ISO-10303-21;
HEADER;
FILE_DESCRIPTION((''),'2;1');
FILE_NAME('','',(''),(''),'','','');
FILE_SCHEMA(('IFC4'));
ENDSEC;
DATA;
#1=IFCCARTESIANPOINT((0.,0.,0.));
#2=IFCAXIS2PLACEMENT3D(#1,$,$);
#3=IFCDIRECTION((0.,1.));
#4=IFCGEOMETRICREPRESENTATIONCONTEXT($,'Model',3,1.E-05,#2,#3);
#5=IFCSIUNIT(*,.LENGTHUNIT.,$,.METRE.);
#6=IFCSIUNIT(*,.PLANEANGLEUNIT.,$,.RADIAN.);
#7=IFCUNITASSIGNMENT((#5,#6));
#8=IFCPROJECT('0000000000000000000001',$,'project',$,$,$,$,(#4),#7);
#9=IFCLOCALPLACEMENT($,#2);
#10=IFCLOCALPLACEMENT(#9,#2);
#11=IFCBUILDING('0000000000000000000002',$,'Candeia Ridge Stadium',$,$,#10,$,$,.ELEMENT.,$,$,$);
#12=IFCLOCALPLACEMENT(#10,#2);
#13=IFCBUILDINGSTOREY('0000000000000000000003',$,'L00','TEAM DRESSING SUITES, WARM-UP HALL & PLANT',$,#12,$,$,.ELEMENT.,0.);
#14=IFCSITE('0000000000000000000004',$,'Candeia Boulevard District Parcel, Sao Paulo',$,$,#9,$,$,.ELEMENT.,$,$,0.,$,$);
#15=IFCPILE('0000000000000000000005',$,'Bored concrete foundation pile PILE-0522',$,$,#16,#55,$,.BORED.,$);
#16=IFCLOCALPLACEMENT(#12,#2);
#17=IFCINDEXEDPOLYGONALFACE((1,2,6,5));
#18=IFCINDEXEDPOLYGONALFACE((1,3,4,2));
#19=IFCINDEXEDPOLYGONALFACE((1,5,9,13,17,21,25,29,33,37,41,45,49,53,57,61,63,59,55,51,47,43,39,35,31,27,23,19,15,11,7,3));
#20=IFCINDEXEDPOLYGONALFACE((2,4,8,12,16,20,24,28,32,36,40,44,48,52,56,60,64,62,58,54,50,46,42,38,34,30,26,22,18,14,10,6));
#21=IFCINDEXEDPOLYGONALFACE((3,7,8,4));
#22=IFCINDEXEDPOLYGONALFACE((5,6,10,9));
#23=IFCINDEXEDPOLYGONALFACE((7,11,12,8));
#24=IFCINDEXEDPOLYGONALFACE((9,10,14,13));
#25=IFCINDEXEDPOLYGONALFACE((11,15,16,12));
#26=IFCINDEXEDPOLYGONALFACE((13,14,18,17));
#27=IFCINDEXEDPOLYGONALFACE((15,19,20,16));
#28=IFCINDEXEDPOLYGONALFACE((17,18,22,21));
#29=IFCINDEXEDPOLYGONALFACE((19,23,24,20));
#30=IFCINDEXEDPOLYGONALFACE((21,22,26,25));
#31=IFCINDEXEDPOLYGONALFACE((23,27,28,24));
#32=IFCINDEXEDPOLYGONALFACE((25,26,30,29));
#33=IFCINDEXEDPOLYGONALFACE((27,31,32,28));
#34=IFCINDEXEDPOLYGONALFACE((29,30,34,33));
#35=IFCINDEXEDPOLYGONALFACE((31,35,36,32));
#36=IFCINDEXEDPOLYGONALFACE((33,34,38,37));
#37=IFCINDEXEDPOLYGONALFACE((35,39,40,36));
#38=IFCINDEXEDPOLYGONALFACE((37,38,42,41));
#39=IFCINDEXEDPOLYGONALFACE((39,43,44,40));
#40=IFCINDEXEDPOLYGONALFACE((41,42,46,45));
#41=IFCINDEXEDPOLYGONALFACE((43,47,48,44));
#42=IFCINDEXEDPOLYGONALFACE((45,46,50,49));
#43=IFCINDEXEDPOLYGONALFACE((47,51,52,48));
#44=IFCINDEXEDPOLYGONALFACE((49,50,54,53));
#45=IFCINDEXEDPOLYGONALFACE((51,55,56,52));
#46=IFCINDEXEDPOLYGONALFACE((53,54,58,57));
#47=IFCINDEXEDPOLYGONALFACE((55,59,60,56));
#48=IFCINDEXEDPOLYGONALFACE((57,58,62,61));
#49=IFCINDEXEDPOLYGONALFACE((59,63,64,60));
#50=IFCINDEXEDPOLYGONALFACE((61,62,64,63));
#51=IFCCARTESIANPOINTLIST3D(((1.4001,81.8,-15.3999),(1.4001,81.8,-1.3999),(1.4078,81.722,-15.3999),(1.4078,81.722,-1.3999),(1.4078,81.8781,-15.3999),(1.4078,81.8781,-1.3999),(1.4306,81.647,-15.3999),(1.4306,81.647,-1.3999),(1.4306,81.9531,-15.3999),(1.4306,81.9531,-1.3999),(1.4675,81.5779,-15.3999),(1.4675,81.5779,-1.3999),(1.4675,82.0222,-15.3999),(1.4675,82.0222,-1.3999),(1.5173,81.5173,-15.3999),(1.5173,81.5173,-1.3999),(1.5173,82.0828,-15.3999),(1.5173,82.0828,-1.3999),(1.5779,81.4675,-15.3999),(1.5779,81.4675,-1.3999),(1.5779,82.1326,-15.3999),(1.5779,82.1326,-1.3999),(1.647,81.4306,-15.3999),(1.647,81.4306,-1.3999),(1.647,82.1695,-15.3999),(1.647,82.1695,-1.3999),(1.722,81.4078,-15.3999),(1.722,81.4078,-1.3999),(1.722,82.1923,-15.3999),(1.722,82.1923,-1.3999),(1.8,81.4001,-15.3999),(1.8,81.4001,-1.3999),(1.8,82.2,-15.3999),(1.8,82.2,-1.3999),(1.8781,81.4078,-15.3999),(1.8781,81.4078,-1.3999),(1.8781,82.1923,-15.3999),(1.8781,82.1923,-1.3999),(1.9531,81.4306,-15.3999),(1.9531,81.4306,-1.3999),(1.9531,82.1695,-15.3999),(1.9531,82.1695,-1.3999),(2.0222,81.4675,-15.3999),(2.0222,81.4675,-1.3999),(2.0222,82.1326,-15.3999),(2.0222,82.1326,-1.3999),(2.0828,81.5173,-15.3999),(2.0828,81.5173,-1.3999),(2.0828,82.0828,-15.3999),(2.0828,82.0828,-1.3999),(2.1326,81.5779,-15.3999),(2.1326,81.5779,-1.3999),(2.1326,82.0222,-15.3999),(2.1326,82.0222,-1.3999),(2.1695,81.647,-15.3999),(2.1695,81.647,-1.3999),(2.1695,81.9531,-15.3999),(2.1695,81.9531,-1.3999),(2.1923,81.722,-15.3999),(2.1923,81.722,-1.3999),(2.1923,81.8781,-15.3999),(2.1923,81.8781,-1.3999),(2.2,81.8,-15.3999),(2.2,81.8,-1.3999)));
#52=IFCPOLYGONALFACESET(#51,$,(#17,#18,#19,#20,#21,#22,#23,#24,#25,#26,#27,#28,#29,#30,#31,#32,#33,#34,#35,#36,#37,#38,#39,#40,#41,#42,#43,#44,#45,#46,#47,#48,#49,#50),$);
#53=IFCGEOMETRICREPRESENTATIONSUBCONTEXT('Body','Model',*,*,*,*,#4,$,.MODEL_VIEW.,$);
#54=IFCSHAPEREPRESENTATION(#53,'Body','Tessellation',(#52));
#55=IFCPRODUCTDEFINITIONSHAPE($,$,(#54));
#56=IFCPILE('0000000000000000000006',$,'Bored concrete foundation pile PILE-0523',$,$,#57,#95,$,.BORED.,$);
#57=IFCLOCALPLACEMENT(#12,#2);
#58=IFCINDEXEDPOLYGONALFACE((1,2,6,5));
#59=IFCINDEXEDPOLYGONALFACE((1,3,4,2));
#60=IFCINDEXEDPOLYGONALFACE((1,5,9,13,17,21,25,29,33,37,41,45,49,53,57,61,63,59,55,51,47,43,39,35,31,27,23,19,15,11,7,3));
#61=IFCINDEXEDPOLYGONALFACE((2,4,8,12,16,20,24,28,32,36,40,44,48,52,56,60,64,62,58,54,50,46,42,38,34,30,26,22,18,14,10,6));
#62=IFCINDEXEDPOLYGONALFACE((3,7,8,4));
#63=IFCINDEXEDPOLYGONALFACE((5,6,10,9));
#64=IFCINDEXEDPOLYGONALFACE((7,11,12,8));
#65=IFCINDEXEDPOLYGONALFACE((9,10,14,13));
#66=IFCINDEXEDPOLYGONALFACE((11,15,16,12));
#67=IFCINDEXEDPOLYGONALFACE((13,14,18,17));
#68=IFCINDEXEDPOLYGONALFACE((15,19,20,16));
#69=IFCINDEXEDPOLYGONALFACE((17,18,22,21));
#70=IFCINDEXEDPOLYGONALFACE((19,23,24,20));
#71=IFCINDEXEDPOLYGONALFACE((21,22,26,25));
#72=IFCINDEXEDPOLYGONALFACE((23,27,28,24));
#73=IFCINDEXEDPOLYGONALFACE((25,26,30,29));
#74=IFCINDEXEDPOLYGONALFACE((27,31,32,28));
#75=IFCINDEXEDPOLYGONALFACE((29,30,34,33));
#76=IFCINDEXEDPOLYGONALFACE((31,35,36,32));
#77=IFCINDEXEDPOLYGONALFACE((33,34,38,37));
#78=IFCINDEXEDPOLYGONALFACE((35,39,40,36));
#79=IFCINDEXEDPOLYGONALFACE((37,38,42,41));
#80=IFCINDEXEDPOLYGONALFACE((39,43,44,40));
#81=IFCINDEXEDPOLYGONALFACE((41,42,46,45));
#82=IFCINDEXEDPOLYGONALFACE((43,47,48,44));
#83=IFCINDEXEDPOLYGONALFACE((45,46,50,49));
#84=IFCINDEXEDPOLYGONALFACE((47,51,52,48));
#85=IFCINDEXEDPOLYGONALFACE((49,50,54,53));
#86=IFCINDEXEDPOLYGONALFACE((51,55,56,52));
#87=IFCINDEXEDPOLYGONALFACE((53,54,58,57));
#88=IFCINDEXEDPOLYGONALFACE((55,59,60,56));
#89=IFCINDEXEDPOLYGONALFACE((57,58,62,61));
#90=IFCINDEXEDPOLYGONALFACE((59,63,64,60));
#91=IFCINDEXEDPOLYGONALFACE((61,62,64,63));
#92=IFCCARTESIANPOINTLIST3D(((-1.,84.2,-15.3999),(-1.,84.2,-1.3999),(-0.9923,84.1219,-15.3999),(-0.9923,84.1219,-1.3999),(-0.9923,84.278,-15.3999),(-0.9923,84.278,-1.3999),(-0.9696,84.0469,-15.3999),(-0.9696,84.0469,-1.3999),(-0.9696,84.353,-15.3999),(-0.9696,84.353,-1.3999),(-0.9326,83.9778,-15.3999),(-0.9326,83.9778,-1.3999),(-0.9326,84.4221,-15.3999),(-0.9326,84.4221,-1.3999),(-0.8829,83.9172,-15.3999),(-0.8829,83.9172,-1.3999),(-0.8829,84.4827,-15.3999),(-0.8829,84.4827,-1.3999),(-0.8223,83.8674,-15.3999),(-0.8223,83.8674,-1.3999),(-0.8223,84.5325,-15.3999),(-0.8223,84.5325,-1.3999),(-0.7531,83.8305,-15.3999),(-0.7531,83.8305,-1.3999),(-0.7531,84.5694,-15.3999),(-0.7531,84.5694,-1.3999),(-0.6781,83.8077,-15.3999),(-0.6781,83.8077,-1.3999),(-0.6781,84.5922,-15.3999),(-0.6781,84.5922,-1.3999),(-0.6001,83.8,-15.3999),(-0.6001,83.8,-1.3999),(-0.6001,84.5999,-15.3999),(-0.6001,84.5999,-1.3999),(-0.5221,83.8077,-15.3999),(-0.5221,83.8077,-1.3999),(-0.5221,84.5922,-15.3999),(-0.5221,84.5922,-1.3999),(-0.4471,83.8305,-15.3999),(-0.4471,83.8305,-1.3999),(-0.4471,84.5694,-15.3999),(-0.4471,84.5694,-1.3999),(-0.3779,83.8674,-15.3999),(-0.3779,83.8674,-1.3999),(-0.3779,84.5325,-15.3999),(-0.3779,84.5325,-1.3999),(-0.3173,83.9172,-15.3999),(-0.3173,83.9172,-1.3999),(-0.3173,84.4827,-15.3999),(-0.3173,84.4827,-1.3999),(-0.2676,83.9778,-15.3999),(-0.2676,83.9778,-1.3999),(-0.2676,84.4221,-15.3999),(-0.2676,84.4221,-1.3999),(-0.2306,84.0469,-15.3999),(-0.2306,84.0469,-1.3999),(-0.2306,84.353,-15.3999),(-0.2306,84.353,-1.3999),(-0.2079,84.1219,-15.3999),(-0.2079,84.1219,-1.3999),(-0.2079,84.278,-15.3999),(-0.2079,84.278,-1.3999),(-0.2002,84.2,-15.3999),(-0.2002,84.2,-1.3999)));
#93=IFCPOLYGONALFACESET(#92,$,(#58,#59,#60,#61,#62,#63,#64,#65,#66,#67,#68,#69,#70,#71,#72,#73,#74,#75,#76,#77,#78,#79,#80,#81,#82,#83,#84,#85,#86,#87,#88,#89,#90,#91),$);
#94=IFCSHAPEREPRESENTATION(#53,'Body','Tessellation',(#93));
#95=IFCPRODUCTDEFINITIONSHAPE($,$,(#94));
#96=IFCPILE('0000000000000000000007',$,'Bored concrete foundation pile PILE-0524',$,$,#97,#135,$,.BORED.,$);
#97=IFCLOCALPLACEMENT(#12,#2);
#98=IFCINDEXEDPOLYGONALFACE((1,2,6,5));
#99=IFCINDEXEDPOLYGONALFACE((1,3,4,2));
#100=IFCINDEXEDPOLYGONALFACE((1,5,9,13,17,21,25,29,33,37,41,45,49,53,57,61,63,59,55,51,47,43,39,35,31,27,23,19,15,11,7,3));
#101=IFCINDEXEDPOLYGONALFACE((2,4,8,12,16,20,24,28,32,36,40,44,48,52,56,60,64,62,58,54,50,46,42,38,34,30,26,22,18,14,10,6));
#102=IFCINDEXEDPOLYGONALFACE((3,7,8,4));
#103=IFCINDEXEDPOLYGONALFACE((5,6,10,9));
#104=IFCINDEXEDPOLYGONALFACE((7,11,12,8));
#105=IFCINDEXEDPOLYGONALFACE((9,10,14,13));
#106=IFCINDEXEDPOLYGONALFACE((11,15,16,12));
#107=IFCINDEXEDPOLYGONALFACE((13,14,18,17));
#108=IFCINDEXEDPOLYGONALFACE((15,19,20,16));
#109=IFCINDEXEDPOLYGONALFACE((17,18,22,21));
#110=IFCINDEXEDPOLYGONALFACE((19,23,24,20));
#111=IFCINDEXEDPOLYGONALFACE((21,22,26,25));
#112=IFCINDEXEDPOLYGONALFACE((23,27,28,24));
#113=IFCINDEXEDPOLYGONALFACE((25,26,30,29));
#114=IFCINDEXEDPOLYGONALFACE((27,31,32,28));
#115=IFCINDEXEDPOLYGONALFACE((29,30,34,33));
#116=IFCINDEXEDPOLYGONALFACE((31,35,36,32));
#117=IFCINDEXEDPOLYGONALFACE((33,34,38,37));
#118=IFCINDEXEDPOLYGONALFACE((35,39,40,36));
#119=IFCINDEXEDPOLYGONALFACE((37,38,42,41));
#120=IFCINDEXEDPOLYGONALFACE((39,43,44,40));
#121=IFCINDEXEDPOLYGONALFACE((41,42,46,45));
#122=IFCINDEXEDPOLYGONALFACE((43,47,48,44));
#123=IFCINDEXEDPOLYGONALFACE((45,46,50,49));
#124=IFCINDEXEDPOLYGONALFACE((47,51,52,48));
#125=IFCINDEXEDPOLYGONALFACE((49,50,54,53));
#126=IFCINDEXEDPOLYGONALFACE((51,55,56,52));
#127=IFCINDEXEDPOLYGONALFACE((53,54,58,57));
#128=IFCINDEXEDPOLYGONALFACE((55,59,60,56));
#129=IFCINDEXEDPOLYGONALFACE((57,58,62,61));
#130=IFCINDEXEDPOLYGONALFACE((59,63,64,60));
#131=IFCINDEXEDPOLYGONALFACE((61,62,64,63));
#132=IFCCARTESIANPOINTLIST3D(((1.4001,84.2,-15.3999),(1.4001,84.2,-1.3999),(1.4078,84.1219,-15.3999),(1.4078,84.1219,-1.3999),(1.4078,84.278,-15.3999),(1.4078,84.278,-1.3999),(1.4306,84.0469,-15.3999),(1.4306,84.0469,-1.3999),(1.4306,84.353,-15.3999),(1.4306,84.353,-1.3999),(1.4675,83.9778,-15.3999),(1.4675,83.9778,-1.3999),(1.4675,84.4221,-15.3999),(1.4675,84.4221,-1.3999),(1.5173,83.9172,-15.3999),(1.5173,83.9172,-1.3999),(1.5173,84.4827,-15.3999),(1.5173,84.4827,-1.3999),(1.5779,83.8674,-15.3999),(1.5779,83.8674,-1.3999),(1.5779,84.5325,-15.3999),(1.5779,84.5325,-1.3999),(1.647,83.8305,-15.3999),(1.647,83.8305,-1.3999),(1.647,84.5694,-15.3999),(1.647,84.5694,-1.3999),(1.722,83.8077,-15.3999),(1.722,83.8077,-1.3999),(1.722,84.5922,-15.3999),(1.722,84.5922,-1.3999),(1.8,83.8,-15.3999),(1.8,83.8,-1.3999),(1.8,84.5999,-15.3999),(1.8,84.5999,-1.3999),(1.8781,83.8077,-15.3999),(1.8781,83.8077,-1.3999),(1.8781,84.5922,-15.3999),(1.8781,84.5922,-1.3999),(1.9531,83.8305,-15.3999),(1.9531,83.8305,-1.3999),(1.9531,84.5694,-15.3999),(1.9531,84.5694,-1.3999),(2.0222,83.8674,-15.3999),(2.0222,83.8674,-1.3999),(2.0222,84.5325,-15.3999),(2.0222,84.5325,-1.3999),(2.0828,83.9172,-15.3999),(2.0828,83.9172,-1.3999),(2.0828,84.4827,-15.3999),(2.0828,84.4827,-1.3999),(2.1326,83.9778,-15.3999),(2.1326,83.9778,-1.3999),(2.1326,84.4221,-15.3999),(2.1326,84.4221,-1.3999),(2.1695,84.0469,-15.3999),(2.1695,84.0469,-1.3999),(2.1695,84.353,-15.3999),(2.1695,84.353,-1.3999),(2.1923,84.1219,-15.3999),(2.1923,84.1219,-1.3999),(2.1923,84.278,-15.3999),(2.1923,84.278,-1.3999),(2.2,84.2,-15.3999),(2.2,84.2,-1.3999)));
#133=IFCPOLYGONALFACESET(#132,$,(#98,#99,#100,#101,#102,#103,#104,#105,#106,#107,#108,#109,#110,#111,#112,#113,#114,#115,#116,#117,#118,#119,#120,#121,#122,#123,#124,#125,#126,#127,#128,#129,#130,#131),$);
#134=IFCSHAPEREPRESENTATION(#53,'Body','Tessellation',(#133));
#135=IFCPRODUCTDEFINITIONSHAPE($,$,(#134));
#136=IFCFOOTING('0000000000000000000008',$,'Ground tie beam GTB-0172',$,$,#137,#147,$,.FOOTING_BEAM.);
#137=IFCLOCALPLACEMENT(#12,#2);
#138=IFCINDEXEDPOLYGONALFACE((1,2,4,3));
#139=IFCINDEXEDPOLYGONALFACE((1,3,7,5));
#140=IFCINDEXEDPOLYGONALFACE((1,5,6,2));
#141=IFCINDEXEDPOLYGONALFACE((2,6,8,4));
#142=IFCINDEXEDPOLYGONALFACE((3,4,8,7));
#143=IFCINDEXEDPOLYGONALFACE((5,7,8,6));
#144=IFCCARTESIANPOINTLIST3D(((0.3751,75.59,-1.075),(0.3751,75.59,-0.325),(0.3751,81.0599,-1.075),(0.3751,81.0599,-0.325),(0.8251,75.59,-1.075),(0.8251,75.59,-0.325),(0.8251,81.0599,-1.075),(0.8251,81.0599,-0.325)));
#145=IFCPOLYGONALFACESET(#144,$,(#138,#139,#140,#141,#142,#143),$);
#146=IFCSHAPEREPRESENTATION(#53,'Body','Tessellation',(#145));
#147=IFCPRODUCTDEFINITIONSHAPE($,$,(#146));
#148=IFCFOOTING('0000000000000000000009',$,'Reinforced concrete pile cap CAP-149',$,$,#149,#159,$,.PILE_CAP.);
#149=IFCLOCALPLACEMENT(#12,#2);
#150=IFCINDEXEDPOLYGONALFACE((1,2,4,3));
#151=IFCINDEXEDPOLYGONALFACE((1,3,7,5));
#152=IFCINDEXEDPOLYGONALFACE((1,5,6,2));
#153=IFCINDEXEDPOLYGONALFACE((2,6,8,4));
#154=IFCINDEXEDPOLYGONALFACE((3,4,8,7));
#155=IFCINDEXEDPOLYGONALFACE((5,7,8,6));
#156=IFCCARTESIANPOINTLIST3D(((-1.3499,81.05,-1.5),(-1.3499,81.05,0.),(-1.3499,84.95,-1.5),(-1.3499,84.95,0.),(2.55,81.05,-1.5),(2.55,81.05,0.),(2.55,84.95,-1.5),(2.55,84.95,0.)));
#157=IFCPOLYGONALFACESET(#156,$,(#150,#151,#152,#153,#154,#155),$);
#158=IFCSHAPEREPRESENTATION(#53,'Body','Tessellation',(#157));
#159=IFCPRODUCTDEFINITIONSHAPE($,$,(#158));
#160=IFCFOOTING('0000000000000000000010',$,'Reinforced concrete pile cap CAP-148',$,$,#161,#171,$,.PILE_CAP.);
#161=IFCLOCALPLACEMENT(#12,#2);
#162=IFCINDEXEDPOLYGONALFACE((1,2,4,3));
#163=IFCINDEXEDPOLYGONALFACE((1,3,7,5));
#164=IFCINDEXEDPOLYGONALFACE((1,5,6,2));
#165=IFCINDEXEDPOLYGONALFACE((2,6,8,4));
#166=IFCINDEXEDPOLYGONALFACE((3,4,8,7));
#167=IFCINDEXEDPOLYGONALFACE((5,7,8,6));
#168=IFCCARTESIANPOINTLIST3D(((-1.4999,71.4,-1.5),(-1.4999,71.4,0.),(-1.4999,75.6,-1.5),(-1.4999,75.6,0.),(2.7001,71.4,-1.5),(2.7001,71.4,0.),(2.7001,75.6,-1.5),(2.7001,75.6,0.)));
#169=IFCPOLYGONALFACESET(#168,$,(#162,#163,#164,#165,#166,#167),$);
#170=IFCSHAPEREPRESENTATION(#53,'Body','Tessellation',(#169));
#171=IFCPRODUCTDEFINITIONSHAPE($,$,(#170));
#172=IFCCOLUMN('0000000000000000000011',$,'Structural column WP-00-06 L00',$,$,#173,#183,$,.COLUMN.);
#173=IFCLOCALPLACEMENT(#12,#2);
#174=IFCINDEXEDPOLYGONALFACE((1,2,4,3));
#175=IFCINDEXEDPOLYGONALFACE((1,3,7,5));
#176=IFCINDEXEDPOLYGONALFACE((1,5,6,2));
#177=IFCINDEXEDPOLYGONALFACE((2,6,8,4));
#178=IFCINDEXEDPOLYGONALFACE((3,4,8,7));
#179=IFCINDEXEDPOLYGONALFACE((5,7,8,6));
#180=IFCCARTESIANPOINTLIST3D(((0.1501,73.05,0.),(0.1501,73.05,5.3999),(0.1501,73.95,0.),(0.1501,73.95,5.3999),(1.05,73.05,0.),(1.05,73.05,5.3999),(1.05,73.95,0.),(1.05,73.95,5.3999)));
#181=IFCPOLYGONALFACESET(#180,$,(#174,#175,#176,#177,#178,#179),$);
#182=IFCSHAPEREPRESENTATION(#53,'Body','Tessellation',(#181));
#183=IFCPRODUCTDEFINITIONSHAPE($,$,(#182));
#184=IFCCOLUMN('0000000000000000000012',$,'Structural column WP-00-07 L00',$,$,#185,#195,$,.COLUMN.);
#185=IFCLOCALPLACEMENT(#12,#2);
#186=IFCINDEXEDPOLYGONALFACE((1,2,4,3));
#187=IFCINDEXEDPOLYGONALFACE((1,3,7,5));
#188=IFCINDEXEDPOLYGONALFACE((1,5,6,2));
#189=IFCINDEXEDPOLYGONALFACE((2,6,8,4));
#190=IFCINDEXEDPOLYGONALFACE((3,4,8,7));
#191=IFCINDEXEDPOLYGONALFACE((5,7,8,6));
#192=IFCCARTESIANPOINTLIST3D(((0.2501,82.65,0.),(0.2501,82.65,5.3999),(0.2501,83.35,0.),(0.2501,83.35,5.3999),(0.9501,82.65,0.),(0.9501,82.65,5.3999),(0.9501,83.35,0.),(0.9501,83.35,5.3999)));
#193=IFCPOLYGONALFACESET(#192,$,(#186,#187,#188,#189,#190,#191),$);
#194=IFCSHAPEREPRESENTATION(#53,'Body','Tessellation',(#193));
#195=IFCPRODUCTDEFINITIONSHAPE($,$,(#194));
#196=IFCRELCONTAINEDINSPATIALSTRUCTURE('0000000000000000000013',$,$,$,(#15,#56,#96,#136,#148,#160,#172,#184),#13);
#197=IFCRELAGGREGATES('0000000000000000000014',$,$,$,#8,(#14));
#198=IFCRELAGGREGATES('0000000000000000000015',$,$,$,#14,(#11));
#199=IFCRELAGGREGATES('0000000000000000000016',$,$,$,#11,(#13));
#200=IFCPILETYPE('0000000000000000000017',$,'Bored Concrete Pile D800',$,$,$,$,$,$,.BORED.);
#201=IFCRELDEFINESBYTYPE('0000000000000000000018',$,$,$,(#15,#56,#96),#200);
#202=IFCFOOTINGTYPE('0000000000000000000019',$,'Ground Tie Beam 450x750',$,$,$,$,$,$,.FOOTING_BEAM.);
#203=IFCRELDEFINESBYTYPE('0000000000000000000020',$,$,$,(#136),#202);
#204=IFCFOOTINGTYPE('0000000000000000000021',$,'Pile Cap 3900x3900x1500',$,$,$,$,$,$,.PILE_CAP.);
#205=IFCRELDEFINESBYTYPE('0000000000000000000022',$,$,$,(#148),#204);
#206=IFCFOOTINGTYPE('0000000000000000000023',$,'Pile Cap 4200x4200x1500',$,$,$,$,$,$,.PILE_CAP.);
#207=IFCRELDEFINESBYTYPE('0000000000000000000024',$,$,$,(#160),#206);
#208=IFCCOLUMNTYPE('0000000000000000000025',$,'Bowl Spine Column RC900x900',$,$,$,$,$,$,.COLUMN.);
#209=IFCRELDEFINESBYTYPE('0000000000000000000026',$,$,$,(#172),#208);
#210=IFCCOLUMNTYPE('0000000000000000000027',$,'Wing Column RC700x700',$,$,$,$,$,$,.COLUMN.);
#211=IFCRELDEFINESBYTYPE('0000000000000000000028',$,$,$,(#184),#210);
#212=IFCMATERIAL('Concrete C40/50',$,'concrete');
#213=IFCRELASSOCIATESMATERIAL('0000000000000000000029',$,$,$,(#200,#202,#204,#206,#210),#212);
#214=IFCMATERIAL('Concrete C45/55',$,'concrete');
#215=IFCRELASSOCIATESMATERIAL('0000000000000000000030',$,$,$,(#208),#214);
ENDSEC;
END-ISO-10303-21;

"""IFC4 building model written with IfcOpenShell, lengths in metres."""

from ifc_helpers import new_model, si_unit, direction, frame, origin, origin_2d, place, context, subcontext, project, spatial, rectangle, circle, extrude, material, material_profile, profile_set, type_object, element, save


model = new_model("IFC4")

# Units and contexts
model_context = context("Model", 3, precision=1e-05, world=origin(), true_north=direction((0.0, 1.0)))
body_context = subcontext(model_context, "Body", "Model", "MODEL_VIEW")
ifc_project = project(units=[si_unit("LENGTHUNIT", "METRE"), si_unit("PLANEANGLEUNIT", "RADIAN")], contexts=[model_context])

# Site, building, storey
site_placement = place(None, origin())
site = spatial("IfcSite", under=ifc_project, at=site_placement, Name="Candeia Boulevard District Parcel, Sao Paulo", CompositionType="ELEMENT", RefElevation=0.0)
building_placement = place(site_placement, origin())
building = spatial("IfcBuilding", under=site, at=building_placement, Name="Candeia Ridge Stadium", CompositionType="ELEMENT")
storey_placement = place(building_placement, origin())
storey = spatial("IfcBuildingStorey", under=building, at=storey_placement, Name="L00", Description="TEAM DRESSING SUITES, WARM-UP HALL & PLANT", CompositionType="ELEMENT", Elevation=0.0)

# Piles
ifc_material_1 = material(Name="Concrete C40/50", Category="concrete")
ifc_material_profile_1 = material_profile(ifc_material_1, circle(Radius=0.3999, at=origin_2d()), Name="PILE-D800", Category="concrete")
ifc_profile_set_1 = profile_set([ifc_material_profile_1], Name="Concrete C40/50")
pile_type = type_object("IfcPileType", Name="Bored Concrete Pile D800", PredefinedType="BORED", material=ifc_profile_set_1)
for number, where, z_axis, x_axis, name in (
    (1, (1.8, 81.8, -1.3999), (0.0, 0.0, -1.0), (1.0, 0.0, 0.0), "Bored concrete foundation pile PILE-0522"),
    (2, (-0.6001, 84.2, -1.3999), (0.0, 0.0, -1.0), (1.0, 0.0, 0.0), "Bored concrete foundation pile PILE-0523"),
    (3, (1.8, 84.2, -1.3999), (0.0, 0.0, -1.0), (1.0, 0.0, 0.0), "Bored concrete foundation pile PILE-0524"),
):
    element("IfcPile", number, at=place(storey_placement, frame(where, z_axis=z_axis, x_axis=x_axis)), inside=storey, type_object=pile_type, Name=name, PredefinedType="BORED", context=body_context, shape_type="SweptSolid", body=[
        extrude(circle(Radius=0.3999, at=origin_2d()), origin(), (0.0, 0.0, 1.0), 14.0),
    ])

# Footings
footing_type_1 = type_object("IfcFootingType", Name="Ground Tie Beam 450x750", PredefinedType="FOOTING_BEAM", material=ifc_material_1)
footing_1_placement = place(storey_placement, frame((0.6001, 78.325, -1.075), z_axis=(0.0, 0.0, 1.0), x_axis=(0.0, 1.0, 0.0)))
element("IfcFooting", 4, at=footing_1_placement, inside=storey, type_object=footing_type_1, Name="Ground tie beam GTB-0172", PredefinedType="FOOTING_BEAM", context=body_context, shape_type="SweptSolid", body=[
    extrude(rectangle(XDim=5.47, YDim=0.45, at=origin_2d()), origin(), (0.0, 0.0, 1.0), 0.75),
])
footing_type_2 = type_object("IfcFootingType", Name="Pile Cap 3900x3900x1500", PredefinedType="PILE_CAP", material=ifc_material_1)
footing_2_placement = place(storey_placement, frame((0.6001, 83.0, -1.5), z_axis=(0.0, 0.0, 1.0), x_axis=(1.0, 0.0, 0.0)))
element("IfcFooting", 5, at=footing_2_placement, inside=storey, type_object=footing_type_2, Name="Reinforced concrete pile cap CAP-149", PredefinedType="PILE_CAP", context=body_context, shape_type="SweptSolid", body=[
    extrude(rectangle(XDim=3.8999, YDim=3.8999, at=origin_2d()), origin(), (0.0, 0.0, 1.0), 1.5),
])
footing_type_3 = type_object("IfcFootingType", Name="Pile Cap 4200x4200x1500", PredefinedType="PILE_CAP", material=ifc_material_1)
footing_3_placement = place(storey_placement, frame((0.6001, 73.5, -1.5), z_axis=(0.0, 0.0, 1.0), x_axis=(1.0, 0.0, 0.0)))
element("IfcFooting", 6, at=footing_3_placement, inside=storey, type_object=footing_type_3, Name="Reinforced concrete pile cap CAP-148", PredefinedType="PILE_CAP", context=body_context, shape_type="SweptSolid", body=[
    extrude(rectangle(XDim=4.2, YDim=4.2, at=origin_2d()), origin(), (0.0, 0.0, 1.0), 1.5),
])

# Columns
ifc_material_2 = material(Name="Concrete C45/55", Category="concrete")
ifc_material_profile_2 = material_profile(ifc_material_2, rectangle(XDim=0.8999, YDim=0.8999, at=origin_2d()), Name="RC900x900", Category="concrete")
ifc_profile_set_2 = profile_set([ifc_material_profile_2], Name="Concrete C45/55")
column_type_1 = type_object("IfcColumnType", Name="Bowl Spine Column RC900x900", PredefinedType="COLUMN", material=ifc_profile_set_2)
column_1_placement = place(storey_placement, frame((0.6001, 73.5, 0.0), z_axis=(0.0, 0.0, 1.0), x_axis=(1.0, 0.0, 0.0)))
element("IfcColumn", 7, at=column_1_placement, inside=storey, type_object=column_type_1, Name="Structural column WP-00-06 L00", PredefinedType="COLUMN", context=body_context, shape_type="SweptSolid", body=[
    extrude(rectangle(XDim=0.8999, YDim=0.8999, at=origin_2d()), origin(), (0.0, 0.0, 1.0), 5.3999),
])
ifc_material_profile_3 = material_profile(ifc_material_1, rectangle(XDim=0.7, YDim=0.7, at=origin_2d()), Name="RC700x700", Category="concrete")
ifc_profile_set_3 = profile_set([ifc_material_profile_3], Name="Concrete C40/50")
column_type_2 = type_object("IfcColumnType", Name="Wing Column RC700x700", PredefinedType="COLUMN", material=ifc_profile_set_3)
column_2_placement = place(storey_placement, frame((0.6001, 83.0, 0.0), z_axis=(0.0, 0.0, 1.0), x_axis=(1.0, 0.0, 0.0)))
element("IfcColumn", 8, at=column_2_placement, inside=storey, type_object=column_type_2, Name="Structural column WP-00-07 L00", PredefinedType="COLUMN", context=body_context, shape_type="SweptSolid", body=[
    extrude(rectangle(XDim=0.7, YDim=0.7, at=origin_2d()), origin(), (0.0, 0.0, 1.0), 5.3999),
])

save(model, "model.ifc")
